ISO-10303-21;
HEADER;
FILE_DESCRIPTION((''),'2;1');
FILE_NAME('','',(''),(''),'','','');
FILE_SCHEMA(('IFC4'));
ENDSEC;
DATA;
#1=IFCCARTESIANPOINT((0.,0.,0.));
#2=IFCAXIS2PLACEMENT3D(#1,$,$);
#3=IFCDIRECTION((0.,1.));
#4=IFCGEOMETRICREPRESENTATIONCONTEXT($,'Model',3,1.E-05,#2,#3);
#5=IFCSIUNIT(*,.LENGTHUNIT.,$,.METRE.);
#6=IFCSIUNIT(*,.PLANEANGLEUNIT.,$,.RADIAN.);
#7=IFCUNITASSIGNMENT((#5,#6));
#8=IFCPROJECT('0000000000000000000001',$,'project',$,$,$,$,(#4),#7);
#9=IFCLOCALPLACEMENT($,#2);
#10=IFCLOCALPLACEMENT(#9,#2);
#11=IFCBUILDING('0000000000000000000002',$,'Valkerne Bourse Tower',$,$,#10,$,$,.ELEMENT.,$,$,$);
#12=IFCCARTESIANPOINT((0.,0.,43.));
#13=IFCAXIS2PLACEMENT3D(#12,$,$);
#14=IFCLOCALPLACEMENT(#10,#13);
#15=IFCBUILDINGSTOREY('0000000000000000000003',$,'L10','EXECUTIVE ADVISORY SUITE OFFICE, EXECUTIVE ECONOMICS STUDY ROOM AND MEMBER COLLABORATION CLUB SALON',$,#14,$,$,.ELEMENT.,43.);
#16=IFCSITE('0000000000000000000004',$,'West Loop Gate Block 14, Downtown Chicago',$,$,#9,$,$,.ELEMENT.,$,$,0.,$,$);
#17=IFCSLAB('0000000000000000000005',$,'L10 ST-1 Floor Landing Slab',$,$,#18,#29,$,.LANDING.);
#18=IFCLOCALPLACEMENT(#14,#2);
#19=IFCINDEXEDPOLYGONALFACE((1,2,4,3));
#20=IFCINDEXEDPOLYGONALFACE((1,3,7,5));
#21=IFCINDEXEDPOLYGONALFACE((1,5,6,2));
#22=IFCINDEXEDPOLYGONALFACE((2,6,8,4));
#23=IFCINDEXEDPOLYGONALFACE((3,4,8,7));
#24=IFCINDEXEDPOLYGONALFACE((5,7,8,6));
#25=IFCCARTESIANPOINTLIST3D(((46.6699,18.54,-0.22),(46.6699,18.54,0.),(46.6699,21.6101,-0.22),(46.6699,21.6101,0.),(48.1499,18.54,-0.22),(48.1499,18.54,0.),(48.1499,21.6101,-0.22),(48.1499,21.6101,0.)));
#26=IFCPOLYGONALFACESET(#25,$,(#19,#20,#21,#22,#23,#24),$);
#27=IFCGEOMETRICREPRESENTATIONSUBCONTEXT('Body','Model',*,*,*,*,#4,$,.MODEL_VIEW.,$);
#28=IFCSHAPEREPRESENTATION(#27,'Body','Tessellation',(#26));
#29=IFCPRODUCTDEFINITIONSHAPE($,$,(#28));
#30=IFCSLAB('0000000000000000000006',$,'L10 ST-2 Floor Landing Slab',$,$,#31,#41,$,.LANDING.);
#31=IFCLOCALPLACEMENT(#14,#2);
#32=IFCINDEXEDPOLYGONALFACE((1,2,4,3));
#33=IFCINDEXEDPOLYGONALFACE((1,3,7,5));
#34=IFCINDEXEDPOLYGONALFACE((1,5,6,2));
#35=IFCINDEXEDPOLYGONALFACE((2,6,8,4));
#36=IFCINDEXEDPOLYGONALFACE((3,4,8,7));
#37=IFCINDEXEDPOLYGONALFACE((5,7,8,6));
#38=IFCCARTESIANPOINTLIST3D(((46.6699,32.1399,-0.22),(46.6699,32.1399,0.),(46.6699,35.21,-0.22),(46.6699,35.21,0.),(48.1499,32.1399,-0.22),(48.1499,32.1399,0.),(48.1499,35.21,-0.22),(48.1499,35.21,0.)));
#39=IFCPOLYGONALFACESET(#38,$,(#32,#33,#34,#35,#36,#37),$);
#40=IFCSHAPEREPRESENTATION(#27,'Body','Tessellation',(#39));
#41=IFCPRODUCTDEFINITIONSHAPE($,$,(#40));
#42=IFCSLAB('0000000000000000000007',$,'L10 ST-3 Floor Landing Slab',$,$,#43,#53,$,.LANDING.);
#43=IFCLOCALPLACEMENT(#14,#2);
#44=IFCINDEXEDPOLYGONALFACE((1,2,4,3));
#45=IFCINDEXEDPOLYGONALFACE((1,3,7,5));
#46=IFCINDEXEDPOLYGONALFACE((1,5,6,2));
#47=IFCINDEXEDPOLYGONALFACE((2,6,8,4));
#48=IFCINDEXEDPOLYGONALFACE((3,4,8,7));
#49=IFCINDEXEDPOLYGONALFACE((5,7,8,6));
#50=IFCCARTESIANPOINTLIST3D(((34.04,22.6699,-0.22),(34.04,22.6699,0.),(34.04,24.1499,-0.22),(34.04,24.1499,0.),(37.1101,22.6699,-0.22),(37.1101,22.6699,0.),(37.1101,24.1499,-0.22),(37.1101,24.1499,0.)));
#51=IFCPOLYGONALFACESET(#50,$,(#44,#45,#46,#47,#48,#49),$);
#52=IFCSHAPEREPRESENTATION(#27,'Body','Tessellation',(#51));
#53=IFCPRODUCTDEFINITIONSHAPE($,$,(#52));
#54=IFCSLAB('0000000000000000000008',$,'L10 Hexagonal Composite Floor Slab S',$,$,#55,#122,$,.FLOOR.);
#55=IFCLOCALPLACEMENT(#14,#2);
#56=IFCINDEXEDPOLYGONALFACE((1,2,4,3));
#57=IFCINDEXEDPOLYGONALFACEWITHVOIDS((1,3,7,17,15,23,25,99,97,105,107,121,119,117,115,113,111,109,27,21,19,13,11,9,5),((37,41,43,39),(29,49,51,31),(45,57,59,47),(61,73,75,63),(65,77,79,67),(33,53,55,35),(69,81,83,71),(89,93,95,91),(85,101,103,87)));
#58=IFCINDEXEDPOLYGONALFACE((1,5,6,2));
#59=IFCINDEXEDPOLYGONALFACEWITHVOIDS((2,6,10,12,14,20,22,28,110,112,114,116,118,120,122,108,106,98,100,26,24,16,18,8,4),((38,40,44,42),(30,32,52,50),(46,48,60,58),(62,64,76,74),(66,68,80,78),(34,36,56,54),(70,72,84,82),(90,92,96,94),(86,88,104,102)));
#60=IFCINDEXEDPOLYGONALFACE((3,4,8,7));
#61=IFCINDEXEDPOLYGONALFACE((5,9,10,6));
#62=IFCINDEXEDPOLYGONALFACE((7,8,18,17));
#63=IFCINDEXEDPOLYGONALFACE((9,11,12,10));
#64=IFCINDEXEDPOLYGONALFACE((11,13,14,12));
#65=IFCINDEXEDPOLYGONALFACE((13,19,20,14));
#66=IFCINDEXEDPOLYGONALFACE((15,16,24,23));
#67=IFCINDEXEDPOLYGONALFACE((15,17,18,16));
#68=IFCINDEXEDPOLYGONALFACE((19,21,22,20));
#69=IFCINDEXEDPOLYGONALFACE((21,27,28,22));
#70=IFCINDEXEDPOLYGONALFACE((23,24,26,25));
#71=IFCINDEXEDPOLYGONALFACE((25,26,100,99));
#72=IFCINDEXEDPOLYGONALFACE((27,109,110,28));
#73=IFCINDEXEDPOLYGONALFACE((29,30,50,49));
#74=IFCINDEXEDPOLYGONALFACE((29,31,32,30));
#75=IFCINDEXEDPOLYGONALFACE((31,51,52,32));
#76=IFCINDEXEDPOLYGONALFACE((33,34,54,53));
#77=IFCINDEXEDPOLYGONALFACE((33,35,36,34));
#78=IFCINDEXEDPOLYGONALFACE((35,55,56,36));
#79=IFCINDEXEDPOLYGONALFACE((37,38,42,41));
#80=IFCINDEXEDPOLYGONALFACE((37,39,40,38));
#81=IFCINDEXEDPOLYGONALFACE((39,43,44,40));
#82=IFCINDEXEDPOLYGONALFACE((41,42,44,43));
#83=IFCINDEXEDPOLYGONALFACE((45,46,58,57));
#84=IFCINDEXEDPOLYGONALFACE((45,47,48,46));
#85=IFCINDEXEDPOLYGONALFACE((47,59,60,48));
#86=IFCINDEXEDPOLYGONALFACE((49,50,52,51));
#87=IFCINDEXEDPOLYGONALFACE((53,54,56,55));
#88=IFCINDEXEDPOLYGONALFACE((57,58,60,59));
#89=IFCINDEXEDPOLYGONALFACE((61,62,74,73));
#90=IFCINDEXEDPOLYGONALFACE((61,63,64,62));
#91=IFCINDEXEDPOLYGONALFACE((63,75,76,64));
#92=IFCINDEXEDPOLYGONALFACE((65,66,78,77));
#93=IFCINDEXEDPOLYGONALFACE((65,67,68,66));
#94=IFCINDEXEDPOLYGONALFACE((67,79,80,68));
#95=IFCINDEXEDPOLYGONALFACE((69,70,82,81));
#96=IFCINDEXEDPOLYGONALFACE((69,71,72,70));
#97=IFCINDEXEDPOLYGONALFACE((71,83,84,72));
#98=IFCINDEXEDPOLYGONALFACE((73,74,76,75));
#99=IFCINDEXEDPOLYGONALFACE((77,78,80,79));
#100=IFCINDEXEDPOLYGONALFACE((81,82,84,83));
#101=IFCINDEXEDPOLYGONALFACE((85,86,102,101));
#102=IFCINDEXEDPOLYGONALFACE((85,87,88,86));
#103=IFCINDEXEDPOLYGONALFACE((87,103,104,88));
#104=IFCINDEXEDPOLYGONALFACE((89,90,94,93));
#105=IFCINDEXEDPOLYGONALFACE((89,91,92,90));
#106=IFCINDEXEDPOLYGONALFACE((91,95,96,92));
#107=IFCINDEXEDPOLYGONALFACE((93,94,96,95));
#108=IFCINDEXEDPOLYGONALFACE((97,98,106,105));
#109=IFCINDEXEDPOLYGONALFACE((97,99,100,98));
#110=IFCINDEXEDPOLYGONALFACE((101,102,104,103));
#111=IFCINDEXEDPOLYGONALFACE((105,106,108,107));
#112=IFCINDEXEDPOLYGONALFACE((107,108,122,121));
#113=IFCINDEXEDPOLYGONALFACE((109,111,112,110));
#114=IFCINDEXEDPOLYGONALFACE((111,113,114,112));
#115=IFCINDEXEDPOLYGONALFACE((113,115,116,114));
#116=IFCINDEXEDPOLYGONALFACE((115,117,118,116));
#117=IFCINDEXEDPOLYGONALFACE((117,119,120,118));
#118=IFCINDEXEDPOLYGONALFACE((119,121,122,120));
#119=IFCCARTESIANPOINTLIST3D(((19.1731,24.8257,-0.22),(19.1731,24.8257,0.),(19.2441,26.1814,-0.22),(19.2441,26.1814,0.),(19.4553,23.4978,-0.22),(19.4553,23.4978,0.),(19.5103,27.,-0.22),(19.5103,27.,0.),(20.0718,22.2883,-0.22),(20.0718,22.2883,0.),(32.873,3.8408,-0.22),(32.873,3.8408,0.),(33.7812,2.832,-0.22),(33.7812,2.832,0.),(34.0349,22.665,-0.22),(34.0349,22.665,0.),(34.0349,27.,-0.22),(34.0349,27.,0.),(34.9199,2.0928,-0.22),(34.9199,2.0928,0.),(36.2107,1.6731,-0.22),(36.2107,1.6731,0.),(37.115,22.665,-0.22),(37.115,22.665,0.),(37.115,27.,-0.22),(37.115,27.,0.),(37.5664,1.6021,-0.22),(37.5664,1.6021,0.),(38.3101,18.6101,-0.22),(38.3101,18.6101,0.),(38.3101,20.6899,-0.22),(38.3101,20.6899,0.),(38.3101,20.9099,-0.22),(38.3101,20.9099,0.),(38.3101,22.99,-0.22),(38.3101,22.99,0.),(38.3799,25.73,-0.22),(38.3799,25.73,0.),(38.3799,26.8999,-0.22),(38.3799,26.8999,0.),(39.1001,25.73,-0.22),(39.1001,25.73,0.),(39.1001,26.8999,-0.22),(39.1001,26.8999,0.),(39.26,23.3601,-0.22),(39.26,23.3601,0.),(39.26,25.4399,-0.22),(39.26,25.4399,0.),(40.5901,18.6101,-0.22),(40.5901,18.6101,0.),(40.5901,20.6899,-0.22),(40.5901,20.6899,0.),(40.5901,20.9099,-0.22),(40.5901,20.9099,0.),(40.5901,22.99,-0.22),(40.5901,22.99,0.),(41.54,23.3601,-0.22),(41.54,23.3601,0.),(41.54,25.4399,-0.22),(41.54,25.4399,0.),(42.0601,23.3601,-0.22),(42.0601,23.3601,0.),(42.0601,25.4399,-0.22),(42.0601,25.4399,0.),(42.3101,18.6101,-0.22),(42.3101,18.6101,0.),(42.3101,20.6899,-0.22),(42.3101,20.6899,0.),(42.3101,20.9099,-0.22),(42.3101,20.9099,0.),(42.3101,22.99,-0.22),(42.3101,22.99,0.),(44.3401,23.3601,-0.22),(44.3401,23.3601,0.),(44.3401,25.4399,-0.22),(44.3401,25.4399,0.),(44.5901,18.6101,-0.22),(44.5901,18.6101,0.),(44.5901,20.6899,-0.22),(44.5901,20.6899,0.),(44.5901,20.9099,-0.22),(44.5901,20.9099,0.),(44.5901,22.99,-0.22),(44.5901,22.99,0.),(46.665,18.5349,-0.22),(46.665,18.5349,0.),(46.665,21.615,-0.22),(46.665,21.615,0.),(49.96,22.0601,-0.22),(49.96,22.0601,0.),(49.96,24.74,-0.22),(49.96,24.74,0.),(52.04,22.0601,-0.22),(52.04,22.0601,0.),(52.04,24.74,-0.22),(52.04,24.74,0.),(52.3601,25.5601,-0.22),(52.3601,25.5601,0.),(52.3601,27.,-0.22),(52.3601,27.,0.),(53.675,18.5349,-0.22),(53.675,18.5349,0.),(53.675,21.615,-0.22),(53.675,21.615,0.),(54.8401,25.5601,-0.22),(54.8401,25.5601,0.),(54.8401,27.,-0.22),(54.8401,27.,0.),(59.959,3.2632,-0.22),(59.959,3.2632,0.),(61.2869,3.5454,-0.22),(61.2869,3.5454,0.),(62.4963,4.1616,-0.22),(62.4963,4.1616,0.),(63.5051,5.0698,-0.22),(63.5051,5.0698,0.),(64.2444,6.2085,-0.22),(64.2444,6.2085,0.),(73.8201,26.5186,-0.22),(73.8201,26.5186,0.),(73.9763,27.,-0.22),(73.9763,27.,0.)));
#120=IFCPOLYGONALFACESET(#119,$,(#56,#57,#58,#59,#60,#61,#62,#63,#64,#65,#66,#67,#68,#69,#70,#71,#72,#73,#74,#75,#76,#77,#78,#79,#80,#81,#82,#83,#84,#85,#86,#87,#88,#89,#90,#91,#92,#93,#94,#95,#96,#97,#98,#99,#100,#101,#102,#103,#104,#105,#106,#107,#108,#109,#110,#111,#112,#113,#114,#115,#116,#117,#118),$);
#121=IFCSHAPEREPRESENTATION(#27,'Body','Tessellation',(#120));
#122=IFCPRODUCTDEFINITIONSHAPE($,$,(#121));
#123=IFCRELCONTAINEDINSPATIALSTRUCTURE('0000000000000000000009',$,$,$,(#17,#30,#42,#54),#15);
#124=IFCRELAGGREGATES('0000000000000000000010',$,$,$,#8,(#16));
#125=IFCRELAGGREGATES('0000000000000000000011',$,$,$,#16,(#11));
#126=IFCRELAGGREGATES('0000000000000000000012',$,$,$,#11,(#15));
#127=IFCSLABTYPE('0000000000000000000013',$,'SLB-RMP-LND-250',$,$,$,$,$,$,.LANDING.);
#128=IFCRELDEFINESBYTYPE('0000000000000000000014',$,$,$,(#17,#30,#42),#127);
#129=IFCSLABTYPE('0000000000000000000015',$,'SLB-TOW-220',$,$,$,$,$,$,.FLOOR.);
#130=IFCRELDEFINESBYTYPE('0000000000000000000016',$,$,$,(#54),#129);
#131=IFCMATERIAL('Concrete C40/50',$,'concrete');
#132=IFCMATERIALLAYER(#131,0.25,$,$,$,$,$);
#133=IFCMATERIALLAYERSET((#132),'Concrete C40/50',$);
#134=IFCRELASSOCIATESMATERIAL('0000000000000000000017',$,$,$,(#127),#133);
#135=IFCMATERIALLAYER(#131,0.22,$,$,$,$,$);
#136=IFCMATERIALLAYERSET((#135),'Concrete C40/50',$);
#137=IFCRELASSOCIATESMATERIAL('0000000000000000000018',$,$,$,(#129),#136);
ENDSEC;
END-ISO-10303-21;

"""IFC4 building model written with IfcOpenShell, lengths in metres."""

from ifc_helpers import new_model, si_unit, direction, frame, origin, place, context, subcontext, project, spatial, polyline, outline, extrude, material, layer, layer_set, type_object, element, save


model = new_model("IFC4")

# Units and contexts
model_context = context("Model", 3, precision=1e-05, world=origin(), true_north=direction((0.0, 1.0)))
body_context = subcontext(model_context, "Body", "Model", "MODEL_VIEW")
ifc_project = project(units=[si_unit("LENGTHUNIT", "METRE"), si_unit("PLANEANGLEUNIT", "RADIAN")], contexts=[model_context])

# Site, building, storey
site_placement = place(None, origin())
site = spatial("IfcSite", under=ifc_project, at=site_placement, Name="West Loop Gate Block 14, Downtown Chicago", CompositionType="ELEMENT", RefElevation=0.0)
building_placement = place(site_placement, origin())
building = spatial("IfcBuilding", under=site, at=building_placement, Name="Valkerne Bourse Tower", CompositionType="ELEMENT")
storey_placement = place(building_placement, frame((0.0, 0.0, 43.0)))
storey = spatial("IfcBuildingStorey", under=building, at=storey_placement, Name="L10", Description="EXECUTIVE ADVISORY SUITE OFFICE, EXECUTIVE ECONOMICS STUDY ROOM AND MEMBER COLLABORATION CLUB SALON", CompositionType="ELEMENT", Elevation=43.0)

# Slabs
ifc_material_1 = material(Name="Concrete C40/50", Category="concrete")
ifc_layer_1 = layer(ifc_material_1, 0.25)
ifc_layer_set_1 = layer_set([ifc_layer_1], Name="Concrete C40/50")
slab_type_1 = type_object("IfcSlabType", Name="SLB-RMP-LND-250", PredefinedType="LANDING", material=ifc_layer_set_1)
slab_1_placement = place(storey_placement, frame((0.0, 0.0, -0.22)))
element("IfcSlab", 1, at=slab_1_placement, inside=storey, type_object=slab_type_1, Name="L10 ST-1 Floor Landing Slab", PredefinedType="LANDING", context=body_context, shape_type="SweptSolid", body=[
    extrude(outline(polyline([(46.6699, 18.54), (48.1499, 18.54), (48.1499, 21.6101), (46.6699, 21.6101), (46.6699, 18.54)])), origin(), (0.0, 0.0, 1.0), 0.22),
])
slab_2_placement = place(storey_placement, frame((0.0, 0.0, -0.22)))
element("IfcSlab", 2, at=slab_2_placement, inside=storey, type_object=slab_type_1, Name="L10 ST-2 Floor Landing Slab", PredefinedType="LANDING", context=body_context, shape_type="SweptSolid", body=[
    extrude(outline(polyline([(46.6699, 32.1399), (48.1499, 32.1399), (48.1499, 35.21), (46.6699, 35.21), (46.6699, 32.1399)])), origin(), (0.0, 0.0, 1.0), 0.22),
])
slab_3_placement = place(storey_placement, frame((0.0, 0.0, -0.22)))
element("IfcSlab", 3, at=slab_3_placement, inside=storey, type_object=slab_type_1, Name="L10 ST-3 Floor Landing Slab", PredefinedType="LANDING", context=body_context, shape_type="SweptSolid", body=[
    extrude(outline(polyline([(37.1101, 22.6699), (37.1101, 24.1499), (34.04, 24.1499), (34.04, 22.6699), (37.1101, 22.6699)])), origin(), (0.0, 0.0, 1.0), 0.22),
])
ifc_layer_2 = layer(ifc_material_1, 0.22)
ifc_layer_set_2 = layer_set([ifc_layer_2], Name="Concrete C40/50")
slab_type_2 = type_object("IfcSlabType", Name="SLB-TOW-220", PredefinedType="FLOOR", material=ifc_layer_set_2)
slab_4_placement = place(storey_placement, frame((0.0, 0.0, -0.22)))
element("IfcSlab", 4, at=slab_4_placement, inside=storey, type_object=slab_type_2, Name="L10 Hexagonal Composite Floor Slab S", PredefinedType="FLOOR", context=body_context, shape_type="SweptSolid", body=[
    extrude(outline(polyline([(63.5051, 5.0698), (62.4963, 4.1616), (61.2869, 3.5454), (59.959, 3.2632), (37.5664, 1.6021), (36.2107, 1.6731), (34.9199, 2.0928), (33.7812, 2.832), (32.873, 3.8408), (20.0718, 22.2883), (19.4553, 23.4978), (19.1731, 24.8257), (19.2441, 26.1814), (19.5103, 27.0), (34.0349, 27.0), (34.0349, 22.665), (37.115, 22.665), (37.115, 27.0), (52.3601, 27.0), (52.3601, 25.5601), (54.8401, 25.5601), (54.8401, 27.0), (73.9763, 27.0), (73.8201, 26.5186), (64.2444, 6.2085), (63.5051, 5.0698)]), holes=[polyline([(40.5901, 20.6899), (38.3101, 20.6899), (38.3101, 18.6101), (40.5901, 18.6101), (40.5901, 20.6899)]), polyline([(40.5901, 22.99), (38.3101, 22.99), (38.3101, 20.9099), (40.5901, 20.9099), (40.5901, 22.99)]), polyline([(41.54, 25.4399), (39.26, 25.4399), (39.26, 23.3601), (41.54, 23.3601), (41.54, 25.4399)]), polyline([(39.1001, 25.73), (39.1001, 26.8999), (38.3799, 26.8999), (38.3799, 25.73), (39.1001, 25.73)]), polyline([(44.5901, 20.6899), (42.3101, 20.6899), (42.3101, 18.6101), (44.5901, 18.6101), (44.5901, 20.6899)]), polyline([(53.675, 21.615), (46.665, 21.615), (46.665, 18.5349), (53.675, 18.5349), (53.675, 21.615)]), polyline([(44.5901, 22.99), (42.3101, 22.99), (42.3101, 20.9099), (44.5901, 20.9099), (44.5901, 22.99)]), polyline([(52.04, 22.0601), (52.04, 24.74), (49.96, 24.74), (49.96, 22.0601), (52.04, 22.0601)]), polyline([(44.3401, 23.3601), (44.3401, 25.4399), (42.0601, 25.4399), (42.0601, 23.3601), (44.3401, 23.3601)])]), origin(), (0.0, 0.0, 1.0), 0.22),
])

save(model, "model.ifc")
